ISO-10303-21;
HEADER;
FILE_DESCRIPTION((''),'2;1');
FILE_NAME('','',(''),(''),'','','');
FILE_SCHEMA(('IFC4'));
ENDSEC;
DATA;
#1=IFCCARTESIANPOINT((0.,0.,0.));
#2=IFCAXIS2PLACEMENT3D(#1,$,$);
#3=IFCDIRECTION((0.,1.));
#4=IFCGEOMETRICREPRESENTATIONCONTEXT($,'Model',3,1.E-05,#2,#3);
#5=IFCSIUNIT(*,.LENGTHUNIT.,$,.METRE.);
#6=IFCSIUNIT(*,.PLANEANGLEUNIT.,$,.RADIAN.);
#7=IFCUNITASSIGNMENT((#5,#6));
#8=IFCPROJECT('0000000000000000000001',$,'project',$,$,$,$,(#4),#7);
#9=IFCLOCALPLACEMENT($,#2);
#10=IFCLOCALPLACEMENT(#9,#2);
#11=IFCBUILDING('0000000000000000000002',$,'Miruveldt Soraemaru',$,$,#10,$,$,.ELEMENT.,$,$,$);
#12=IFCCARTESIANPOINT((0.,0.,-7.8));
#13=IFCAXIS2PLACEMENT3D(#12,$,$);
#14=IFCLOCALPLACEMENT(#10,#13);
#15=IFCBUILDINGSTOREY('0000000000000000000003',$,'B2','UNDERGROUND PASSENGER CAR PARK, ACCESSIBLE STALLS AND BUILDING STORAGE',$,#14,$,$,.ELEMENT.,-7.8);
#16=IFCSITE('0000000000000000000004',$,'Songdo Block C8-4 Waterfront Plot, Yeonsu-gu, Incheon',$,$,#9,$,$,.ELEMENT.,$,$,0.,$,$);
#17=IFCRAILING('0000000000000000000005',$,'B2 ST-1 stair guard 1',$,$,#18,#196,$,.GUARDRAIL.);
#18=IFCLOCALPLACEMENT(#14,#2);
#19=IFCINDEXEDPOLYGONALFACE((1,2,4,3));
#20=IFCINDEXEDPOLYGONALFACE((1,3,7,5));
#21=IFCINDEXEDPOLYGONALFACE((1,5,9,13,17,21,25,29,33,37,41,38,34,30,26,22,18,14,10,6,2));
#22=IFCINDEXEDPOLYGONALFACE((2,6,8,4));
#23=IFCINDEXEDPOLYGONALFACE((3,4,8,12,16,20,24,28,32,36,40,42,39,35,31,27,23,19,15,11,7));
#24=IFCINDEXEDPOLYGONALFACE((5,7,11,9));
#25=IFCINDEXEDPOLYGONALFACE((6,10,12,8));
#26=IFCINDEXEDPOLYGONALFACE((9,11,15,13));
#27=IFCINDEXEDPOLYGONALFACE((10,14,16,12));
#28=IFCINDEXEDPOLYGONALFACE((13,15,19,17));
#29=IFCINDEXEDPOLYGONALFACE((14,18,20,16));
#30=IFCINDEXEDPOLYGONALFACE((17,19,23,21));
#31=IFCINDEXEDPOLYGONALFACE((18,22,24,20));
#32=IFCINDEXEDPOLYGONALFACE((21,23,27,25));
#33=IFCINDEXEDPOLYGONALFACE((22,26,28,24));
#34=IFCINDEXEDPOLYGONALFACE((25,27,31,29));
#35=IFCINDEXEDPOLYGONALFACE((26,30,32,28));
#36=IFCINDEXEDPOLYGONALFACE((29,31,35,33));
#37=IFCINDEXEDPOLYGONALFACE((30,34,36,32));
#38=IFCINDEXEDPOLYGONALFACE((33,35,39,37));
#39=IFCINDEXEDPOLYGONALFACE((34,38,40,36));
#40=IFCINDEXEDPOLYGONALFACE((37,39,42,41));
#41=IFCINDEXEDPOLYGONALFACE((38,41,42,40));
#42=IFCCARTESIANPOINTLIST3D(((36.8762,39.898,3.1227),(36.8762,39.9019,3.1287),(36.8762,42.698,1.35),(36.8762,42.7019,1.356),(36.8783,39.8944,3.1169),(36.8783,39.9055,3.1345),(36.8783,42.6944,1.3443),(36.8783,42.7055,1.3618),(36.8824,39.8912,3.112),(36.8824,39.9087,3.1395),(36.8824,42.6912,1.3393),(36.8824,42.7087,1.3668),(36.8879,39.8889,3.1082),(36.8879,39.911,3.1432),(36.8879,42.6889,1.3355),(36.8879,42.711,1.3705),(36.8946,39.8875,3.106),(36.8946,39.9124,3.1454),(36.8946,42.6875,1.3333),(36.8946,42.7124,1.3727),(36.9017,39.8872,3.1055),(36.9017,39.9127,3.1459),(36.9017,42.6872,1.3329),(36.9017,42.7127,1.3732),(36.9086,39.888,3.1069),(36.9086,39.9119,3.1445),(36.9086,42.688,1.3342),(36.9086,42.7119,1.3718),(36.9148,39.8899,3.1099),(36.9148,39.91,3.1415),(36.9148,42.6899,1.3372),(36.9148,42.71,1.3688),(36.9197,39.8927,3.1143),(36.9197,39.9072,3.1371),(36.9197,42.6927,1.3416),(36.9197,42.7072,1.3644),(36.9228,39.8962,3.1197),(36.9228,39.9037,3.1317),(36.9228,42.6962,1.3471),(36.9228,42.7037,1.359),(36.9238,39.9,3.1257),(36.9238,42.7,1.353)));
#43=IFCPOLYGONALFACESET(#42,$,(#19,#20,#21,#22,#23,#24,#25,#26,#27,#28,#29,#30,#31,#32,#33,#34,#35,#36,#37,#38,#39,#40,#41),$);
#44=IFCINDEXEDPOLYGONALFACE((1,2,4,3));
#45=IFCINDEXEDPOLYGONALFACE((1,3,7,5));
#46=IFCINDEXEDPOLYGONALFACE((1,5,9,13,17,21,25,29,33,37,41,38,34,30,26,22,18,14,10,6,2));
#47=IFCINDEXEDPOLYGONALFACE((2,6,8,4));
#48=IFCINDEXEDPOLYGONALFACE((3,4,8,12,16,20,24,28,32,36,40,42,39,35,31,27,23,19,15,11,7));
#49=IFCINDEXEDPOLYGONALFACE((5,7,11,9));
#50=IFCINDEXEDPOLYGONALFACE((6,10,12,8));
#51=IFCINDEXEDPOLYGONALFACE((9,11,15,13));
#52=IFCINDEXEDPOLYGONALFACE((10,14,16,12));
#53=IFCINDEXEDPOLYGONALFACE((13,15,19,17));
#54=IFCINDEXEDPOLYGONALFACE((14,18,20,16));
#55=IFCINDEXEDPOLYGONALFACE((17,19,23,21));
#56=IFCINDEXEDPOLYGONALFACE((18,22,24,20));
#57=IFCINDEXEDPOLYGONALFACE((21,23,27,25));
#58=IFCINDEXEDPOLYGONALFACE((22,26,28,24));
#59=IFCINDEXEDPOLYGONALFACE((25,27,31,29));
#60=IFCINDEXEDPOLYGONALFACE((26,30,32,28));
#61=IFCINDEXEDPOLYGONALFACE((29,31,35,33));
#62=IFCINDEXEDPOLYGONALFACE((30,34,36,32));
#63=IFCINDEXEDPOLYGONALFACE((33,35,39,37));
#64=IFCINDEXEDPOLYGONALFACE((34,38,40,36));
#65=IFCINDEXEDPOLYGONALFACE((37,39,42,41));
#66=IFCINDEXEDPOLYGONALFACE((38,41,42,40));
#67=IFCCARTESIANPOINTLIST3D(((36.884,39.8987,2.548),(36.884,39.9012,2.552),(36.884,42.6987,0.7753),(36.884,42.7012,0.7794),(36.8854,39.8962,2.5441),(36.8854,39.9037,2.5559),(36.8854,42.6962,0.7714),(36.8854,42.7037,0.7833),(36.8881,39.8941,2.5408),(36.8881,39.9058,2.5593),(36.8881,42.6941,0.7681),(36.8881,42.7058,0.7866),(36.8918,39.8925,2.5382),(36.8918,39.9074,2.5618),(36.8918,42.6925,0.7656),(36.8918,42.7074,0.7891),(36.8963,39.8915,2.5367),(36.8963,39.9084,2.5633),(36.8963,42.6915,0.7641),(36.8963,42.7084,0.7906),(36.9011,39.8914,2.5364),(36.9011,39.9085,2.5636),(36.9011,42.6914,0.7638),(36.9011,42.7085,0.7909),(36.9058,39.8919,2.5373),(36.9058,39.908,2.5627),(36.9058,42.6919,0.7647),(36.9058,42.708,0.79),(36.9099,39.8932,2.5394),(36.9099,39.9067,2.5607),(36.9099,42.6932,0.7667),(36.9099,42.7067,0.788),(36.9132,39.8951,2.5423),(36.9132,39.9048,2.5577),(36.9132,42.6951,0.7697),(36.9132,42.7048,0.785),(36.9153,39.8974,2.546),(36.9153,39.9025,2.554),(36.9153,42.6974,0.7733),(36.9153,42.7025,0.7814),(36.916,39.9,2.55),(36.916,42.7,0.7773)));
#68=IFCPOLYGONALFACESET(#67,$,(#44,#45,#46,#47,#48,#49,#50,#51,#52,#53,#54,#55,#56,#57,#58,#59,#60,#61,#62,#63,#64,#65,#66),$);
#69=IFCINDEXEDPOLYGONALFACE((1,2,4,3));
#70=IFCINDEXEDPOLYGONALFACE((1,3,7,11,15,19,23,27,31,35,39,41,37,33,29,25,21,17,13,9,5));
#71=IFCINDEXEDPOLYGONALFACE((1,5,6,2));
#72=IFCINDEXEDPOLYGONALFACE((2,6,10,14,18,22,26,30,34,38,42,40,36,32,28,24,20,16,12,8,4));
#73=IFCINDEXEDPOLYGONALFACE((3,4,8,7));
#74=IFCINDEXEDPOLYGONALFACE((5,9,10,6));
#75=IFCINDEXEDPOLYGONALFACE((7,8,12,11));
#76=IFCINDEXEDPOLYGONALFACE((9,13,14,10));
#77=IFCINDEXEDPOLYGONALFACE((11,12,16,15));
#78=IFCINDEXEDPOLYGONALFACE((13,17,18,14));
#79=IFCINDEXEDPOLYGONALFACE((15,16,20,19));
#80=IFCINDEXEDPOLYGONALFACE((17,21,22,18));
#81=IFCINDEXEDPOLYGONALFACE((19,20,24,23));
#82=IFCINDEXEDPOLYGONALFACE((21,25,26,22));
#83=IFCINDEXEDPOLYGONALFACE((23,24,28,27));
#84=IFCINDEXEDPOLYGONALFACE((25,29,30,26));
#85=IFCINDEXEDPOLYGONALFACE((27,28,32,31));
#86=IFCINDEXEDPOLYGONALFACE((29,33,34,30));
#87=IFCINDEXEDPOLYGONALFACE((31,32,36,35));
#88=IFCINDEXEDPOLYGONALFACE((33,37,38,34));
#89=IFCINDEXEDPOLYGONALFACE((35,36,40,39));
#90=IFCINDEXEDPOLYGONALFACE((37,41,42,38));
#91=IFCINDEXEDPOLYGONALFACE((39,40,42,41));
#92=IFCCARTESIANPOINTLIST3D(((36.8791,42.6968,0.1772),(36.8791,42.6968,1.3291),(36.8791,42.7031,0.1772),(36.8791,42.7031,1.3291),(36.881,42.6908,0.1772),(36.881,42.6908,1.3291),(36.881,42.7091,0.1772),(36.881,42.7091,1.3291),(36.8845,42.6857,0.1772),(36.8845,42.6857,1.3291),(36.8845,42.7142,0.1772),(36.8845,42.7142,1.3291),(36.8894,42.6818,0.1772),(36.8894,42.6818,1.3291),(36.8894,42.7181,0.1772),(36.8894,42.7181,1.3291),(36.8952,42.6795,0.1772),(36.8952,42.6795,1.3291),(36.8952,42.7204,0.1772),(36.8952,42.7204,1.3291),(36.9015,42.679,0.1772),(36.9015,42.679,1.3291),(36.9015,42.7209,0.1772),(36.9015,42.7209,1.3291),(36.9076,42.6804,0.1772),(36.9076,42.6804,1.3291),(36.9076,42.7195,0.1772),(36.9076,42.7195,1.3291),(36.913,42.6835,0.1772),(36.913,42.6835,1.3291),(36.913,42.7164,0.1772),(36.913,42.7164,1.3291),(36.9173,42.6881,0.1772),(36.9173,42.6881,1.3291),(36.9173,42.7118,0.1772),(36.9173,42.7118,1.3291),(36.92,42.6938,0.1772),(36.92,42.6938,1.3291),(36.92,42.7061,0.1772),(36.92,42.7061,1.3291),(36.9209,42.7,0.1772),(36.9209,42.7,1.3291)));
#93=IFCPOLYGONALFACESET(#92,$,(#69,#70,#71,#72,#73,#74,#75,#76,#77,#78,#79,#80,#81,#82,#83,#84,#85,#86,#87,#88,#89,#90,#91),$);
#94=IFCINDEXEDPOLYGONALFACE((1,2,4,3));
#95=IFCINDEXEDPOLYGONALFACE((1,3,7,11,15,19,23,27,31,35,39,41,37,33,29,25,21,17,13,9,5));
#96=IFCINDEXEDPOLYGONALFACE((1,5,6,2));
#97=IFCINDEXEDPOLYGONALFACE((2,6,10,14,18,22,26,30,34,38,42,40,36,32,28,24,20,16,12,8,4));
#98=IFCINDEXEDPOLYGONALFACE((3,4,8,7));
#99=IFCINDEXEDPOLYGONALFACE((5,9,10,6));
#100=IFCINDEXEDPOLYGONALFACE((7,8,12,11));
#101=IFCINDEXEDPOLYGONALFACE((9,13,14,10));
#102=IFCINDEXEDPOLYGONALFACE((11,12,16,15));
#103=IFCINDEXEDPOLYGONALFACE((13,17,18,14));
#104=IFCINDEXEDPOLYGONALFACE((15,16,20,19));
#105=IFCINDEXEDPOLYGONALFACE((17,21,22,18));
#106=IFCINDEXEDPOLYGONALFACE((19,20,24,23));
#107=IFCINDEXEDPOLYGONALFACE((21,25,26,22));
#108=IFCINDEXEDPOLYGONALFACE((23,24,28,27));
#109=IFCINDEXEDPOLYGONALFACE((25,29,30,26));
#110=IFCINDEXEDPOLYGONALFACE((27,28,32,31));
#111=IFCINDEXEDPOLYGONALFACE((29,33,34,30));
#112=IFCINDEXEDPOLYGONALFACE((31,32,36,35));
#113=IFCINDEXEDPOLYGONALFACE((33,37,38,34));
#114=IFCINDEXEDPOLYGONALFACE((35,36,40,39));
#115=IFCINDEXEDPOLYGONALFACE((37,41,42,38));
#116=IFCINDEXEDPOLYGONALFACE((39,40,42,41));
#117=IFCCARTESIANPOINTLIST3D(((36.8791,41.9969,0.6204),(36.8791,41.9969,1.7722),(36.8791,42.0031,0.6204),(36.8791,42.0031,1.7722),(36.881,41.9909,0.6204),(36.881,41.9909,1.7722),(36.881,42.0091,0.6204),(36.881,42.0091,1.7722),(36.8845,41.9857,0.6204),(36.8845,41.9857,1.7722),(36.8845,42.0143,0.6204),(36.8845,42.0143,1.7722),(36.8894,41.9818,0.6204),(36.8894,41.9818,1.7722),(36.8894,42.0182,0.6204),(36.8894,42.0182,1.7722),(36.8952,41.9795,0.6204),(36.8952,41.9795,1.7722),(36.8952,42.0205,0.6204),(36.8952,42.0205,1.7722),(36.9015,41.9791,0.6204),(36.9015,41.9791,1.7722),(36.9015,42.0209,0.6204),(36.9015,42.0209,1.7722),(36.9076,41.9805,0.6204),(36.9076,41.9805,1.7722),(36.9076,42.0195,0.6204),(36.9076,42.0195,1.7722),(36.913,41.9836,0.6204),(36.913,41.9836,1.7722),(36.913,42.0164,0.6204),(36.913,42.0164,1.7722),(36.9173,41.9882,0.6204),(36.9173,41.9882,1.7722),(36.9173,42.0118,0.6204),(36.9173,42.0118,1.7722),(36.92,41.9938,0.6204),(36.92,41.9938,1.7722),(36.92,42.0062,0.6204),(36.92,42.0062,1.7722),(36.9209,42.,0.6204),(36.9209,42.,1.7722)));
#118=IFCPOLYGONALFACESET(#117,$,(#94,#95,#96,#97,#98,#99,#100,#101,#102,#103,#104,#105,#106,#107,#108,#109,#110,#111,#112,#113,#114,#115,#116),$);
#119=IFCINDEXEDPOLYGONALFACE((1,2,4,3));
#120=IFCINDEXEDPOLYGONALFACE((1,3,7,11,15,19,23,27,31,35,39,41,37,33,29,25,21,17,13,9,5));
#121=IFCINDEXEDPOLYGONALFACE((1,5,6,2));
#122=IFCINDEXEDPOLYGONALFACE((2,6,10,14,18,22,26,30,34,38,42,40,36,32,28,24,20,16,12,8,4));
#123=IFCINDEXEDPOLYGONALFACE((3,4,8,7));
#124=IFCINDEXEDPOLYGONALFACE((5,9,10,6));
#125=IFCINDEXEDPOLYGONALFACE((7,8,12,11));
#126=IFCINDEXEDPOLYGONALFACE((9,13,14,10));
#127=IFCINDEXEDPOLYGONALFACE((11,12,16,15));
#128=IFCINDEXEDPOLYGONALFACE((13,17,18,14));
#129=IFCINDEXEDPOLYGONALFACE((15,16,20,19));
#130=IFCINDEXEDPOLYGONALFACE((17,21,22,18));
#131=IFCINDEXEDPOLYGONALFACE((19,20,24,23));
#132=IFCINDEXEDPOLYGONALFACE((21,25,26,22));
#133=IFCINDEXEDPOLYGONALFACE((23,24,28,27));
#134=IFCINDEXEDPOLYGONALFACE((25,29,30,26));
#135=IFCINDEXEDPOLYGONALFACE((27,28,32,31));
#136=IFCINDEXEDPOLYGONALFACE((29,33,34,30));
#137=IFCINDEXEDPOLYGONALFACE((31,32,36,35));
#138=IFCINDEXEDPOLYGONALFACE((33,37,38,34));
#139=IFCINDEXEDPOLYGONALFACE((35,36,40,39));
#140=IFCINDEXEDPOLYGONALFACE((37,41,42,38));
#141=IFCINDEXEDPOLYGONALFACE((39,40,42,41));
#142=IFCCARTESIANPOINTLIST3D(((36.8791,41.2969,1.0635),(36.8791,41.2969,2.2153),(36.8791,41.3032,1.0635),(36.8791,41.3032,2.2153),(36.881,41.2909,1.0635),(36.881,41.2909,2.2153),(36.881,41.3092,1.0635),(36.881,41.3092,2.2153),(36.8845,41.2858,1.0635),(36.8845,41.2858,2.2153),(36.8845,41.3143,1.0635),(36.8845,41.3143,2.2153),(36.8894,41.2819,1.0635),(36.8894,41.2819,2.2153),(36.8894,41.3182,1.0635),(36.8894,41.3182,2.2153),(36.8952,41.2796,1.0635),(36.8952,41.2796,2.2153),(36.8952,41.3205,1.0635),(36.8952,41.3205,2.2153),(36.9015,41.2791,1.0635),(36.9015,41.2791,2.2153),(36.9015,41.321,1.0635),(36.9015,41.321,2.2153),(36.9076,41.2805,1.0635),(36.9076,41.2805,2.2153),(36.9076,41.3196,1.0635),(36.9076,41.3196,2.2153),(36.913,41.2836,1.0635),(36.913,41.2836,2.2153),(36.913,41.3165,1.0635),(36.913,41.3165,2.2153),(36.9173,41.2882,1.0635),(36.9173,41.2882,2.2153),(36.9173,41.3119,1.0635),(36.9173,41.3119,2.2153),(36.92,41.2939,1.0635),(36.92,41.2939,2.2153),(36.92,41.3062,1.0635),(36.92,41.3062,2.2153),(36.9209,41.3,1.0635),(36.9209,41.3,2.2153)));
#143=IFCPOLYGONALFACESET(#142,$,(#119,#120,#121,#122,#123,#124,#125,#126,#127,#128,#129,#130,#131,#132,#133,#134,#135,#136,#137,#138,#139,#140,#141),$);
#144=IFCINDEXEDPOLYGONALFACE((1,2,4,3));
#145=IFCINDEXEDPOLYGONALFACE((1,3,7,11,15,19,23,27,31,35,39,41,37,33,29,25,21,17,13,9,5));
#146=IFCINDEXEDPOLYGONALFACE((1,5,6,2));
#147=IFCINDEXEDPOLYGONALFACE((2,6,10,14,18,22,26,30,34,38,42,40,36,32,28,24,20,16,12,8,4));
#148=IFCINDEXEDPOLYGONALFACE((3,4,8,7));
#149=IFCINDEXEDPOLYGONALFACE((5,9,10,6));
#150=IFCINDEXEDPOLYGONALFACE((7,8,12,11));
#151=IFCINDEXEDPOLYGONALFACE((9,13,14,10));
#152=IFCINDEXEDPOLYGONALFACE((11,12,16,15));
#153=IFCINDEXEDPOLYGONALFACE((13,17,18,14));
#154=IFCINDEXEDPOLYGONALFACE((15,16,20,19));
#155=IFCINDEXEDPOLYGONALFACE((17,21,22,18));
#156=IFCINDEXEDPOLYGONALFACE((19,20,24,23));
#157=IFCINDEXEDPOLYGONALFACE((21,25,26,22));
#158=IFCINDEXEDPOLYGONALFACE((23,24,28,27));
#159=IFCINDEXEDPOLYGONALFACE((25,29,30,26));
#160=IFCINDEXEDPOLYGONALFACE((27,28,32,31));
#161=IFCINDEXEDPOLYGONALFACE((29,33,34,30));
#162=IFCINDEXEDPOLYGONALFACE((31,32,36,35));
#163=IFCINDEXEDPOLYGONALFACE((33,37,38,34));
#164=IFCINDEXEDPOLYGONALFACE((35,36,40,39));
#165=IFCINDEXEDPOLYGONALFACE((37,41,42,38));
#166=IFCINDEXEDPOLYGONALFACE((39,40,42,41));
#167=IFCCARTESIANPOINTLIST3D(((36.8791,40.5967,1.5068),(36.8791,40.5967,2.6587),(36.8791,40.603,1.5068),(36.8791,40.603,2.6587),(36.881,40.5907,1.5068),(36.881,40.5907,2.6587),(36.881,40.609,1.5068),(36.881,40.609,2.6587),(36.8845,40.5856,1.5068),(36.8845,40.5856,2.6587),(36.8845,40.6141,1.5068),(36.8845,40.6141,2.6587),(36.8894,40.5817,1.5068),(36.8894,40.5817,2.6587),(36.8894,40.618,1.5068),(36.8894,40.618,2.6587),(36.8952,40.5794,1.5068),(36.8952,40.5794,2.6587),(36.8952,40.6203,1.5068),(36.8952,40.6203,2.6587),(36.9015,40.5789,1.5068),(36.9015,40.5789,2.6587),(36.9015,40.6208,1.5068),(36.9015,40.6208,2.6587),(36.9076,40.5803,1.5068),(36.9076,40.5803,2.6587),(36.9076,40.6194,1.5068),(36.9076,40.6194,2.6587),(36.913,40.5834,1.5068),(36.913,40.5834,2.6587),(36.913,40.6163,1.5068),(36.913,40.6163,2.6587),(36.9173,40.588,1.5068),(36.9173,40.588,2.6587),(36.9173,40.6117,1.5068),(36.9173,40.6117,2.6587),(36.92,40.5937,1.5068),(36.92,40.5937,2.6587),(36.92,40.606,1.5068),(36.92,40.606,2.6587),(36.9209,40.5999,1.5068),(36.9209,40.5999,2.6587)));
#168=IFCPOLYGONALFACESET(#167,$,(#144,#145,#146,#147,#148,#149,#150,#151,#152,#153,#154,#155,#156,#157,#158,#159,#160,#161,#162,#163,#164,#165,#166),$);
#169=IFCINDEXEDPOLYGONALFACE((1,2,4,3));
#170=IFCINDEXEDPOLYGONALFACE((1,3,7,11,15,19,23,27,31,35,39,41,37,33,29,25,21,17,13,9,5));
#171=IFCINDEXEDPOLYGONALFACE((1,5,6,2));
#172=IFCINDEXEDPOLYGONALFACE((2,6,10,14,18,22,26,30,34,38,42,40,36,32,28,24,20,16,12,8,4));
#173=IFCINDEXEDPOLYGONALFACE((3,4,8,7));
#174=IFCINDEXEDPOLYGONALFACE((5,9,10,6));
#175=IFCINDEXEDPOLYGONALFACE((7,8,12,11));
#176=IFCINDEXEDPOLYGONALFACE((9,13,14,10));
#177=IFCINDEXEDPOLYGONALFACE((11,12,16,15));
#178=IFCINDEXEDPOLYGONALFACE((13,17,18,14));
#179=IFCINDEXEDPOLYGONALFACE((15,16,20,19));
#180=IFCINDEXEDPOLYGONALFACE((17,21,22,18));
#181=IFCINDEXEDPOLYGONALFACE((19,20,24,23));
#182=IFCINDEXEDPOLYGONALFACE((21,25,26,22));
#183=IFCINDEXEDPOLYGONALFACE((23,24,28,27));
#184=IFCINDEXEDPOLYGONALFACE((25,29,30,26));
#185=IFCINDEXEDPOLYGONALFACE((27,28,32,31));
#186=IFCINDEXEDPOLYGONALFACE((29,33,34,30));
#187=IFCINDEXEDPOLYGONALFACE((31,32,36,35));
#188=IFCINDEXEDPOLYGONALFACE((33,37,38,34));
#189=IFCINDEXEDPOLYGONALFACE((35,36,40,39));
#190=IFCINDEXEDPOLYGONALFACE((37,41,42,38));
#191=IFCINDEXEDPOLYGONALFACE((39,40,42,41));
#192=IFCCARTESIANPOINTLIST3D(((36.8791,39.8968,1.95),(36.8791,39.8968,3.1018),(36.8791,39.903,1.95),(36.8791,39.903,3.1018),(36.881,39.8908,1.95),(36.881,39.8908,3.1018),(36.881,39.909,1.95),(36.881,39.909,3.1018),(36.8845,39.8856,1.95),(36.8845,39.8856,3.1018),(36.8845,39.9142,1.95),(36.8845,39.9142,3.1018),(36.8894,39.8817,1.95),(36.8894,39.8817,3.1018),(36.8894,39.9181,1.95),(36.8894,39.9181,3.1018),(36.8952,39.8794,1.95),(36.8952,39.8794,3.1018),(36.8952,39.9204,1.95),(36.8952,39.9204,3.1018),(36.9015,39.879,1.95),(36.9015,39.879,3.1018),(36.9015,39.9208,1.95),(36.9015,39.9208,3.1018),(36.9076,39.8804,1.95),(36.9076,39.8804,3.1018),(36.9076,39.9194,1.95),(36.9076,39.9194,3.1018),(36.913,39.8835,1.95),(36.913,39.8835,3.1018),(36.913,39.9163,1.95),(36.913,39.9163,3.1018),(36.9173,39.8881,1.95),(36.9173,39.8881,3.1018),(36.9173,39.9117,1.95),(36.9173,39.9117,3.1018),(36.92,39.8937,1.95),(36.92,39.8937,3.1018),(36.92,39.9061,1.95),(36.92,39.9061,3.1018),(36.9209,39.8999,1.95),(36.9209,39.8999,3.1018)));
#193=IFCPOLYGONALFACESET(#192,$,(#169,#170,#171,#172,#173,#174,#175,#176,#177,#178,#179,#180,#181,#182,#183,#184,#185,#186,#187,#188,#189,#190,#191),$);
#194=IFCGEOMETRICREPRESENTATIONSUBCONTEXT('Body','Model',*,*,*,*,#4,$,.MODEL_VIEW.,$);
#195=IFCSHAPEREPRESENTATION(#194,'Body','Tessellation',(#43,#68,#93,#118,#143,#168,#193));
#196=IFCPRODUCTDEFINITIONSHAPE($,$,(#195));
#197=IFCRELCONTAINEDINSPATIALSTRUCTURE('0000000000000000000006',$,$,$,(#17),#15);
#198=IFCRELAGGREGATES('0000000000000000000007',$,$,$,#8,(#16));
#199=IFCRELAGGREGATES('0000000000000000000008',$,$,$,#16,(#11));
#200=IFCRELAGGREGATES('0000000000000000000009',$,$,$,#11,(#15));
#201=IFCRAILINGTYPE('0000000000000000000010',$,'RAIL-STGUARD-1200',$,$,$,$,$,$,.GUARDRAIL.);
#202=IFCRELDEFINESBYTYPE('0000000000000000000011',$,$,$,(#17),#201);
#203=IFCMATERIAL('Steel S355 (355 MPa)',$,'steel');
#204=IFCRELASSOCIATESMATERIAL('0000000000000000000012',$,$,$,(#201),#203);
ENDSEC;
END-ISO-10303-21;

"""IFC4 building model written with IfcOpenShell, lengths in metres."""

from ifc_helpers import new_model, si_unit, direction, frame, origin, origin_2d, place, context, subcontext, project, spatial, circle, extrude, material, type_object, element, save


model = new_model("IFC4")

# Units and contexts
model_context = context("Model", 3, precision=1e-05, world=origin(), true_north=direction((0.0, 1.0)))
body_context = subcontext(model_context, "Body", "Model", "MODEL_VIEW")
ifc_project = project(units=[si_unit("LENGTHUNIT", "METRE"), si_unit("PLANEANGLEUNIT", "RADIAN")], contexts=[model_context])

# Site, building, storey
site_placement = place(None, origin())
site = spatial("IfcSite", under=ifc_project, at=site_placement, Name="Songdo Block C8-4 Waterfront Plot, Yeonsu-gu, Incheon", CompositionType="ELEMENT", RefElevation=0.0)
building_placement = place(site_placement, origin())
building = spatial("IfcBuilding", under=site, at=building_placement, Name="Miruveldt Soraemaru", CompositionType="ELEMENT")
storey_placement = place(building_placement, frame((0.0, 0.0, -7.8)))
storey = spatial("IfcBuildingStorey", under=building, at=storey_placement, Name="B2", Description="UNDERGROUND PASSENGER CAR PARK, ACCESSIBLE STALLS AND BUILDING STORAGE", CompositionType="ELEMENT", Elevation=-7.8)

# Railing
ifc_material_1 = material(Name="Steel S355 (355 MPa)", Category="steel")
railing_type_1 = type_object("IfcRailingType", Name="RAIL-STGUARD-1200", PredefinedType="GUARDRAIL", material=ifc_material_1)
railing_1_placement = place(storey_placement, frame((36.8999, 42.7, 0.1772)))
element("IfcRailing", 1, at=railing_1_placement, inside=storey, type_object=railing_type_1, Name="B2 ST-1 stair guard 1", PredefinedType="GUARDRAIL", context=body_context, shape_type="SweptSolid", body=[
    extrude(circle(Radius=0.0239, at=origin_2d()), frame((0.0, 0.0, 1.1758), z_axis=(0.0, -0.844909, 0.53491), x_axis=(1.0, 0.0, 0.0)), (0.0, 0.0, 1.0), 3.314),
    extrude(circle(Radius=0.0161, at=origin_2d()), frame((0.0, 0.0, 0.6001), z_axis=(0.0, -0.844909, 0.53491), x_axis=(1.0, 0.0, 0.0)), (0.0, 0.0, 1.0), 3.314),
    extrude(circle(Radius=0.021, at=origin_2d()), origin(), (0.0, 0.0, 1.0), 1.1519),
    extrude(circle(Radius=0.021, at=origin_2d()), frame((0.0, -0.7, 0.4431)), (0.0, 0.0, 1.0), 1.1519),
    extrude(circle(Radius=0.021, at=origin_2d()), frame((0.0, -1.3999, 0.8862)), (0.0, 0.0, 1.0), 1.1519),
    extrude(circle(Radius=0.021, at=origin_2d()), frame((0.0, -2.1001, 1.3296)), (0.0, 0.0, 1.0), 1.1519),
    extrude(circle(Radius=0.021, at=origin_2d()), frame((0.0, -2.8, 1.7727)), (0.0, 0.0, 1.0), 1.1519),
])

save(model, "model.ifc")
